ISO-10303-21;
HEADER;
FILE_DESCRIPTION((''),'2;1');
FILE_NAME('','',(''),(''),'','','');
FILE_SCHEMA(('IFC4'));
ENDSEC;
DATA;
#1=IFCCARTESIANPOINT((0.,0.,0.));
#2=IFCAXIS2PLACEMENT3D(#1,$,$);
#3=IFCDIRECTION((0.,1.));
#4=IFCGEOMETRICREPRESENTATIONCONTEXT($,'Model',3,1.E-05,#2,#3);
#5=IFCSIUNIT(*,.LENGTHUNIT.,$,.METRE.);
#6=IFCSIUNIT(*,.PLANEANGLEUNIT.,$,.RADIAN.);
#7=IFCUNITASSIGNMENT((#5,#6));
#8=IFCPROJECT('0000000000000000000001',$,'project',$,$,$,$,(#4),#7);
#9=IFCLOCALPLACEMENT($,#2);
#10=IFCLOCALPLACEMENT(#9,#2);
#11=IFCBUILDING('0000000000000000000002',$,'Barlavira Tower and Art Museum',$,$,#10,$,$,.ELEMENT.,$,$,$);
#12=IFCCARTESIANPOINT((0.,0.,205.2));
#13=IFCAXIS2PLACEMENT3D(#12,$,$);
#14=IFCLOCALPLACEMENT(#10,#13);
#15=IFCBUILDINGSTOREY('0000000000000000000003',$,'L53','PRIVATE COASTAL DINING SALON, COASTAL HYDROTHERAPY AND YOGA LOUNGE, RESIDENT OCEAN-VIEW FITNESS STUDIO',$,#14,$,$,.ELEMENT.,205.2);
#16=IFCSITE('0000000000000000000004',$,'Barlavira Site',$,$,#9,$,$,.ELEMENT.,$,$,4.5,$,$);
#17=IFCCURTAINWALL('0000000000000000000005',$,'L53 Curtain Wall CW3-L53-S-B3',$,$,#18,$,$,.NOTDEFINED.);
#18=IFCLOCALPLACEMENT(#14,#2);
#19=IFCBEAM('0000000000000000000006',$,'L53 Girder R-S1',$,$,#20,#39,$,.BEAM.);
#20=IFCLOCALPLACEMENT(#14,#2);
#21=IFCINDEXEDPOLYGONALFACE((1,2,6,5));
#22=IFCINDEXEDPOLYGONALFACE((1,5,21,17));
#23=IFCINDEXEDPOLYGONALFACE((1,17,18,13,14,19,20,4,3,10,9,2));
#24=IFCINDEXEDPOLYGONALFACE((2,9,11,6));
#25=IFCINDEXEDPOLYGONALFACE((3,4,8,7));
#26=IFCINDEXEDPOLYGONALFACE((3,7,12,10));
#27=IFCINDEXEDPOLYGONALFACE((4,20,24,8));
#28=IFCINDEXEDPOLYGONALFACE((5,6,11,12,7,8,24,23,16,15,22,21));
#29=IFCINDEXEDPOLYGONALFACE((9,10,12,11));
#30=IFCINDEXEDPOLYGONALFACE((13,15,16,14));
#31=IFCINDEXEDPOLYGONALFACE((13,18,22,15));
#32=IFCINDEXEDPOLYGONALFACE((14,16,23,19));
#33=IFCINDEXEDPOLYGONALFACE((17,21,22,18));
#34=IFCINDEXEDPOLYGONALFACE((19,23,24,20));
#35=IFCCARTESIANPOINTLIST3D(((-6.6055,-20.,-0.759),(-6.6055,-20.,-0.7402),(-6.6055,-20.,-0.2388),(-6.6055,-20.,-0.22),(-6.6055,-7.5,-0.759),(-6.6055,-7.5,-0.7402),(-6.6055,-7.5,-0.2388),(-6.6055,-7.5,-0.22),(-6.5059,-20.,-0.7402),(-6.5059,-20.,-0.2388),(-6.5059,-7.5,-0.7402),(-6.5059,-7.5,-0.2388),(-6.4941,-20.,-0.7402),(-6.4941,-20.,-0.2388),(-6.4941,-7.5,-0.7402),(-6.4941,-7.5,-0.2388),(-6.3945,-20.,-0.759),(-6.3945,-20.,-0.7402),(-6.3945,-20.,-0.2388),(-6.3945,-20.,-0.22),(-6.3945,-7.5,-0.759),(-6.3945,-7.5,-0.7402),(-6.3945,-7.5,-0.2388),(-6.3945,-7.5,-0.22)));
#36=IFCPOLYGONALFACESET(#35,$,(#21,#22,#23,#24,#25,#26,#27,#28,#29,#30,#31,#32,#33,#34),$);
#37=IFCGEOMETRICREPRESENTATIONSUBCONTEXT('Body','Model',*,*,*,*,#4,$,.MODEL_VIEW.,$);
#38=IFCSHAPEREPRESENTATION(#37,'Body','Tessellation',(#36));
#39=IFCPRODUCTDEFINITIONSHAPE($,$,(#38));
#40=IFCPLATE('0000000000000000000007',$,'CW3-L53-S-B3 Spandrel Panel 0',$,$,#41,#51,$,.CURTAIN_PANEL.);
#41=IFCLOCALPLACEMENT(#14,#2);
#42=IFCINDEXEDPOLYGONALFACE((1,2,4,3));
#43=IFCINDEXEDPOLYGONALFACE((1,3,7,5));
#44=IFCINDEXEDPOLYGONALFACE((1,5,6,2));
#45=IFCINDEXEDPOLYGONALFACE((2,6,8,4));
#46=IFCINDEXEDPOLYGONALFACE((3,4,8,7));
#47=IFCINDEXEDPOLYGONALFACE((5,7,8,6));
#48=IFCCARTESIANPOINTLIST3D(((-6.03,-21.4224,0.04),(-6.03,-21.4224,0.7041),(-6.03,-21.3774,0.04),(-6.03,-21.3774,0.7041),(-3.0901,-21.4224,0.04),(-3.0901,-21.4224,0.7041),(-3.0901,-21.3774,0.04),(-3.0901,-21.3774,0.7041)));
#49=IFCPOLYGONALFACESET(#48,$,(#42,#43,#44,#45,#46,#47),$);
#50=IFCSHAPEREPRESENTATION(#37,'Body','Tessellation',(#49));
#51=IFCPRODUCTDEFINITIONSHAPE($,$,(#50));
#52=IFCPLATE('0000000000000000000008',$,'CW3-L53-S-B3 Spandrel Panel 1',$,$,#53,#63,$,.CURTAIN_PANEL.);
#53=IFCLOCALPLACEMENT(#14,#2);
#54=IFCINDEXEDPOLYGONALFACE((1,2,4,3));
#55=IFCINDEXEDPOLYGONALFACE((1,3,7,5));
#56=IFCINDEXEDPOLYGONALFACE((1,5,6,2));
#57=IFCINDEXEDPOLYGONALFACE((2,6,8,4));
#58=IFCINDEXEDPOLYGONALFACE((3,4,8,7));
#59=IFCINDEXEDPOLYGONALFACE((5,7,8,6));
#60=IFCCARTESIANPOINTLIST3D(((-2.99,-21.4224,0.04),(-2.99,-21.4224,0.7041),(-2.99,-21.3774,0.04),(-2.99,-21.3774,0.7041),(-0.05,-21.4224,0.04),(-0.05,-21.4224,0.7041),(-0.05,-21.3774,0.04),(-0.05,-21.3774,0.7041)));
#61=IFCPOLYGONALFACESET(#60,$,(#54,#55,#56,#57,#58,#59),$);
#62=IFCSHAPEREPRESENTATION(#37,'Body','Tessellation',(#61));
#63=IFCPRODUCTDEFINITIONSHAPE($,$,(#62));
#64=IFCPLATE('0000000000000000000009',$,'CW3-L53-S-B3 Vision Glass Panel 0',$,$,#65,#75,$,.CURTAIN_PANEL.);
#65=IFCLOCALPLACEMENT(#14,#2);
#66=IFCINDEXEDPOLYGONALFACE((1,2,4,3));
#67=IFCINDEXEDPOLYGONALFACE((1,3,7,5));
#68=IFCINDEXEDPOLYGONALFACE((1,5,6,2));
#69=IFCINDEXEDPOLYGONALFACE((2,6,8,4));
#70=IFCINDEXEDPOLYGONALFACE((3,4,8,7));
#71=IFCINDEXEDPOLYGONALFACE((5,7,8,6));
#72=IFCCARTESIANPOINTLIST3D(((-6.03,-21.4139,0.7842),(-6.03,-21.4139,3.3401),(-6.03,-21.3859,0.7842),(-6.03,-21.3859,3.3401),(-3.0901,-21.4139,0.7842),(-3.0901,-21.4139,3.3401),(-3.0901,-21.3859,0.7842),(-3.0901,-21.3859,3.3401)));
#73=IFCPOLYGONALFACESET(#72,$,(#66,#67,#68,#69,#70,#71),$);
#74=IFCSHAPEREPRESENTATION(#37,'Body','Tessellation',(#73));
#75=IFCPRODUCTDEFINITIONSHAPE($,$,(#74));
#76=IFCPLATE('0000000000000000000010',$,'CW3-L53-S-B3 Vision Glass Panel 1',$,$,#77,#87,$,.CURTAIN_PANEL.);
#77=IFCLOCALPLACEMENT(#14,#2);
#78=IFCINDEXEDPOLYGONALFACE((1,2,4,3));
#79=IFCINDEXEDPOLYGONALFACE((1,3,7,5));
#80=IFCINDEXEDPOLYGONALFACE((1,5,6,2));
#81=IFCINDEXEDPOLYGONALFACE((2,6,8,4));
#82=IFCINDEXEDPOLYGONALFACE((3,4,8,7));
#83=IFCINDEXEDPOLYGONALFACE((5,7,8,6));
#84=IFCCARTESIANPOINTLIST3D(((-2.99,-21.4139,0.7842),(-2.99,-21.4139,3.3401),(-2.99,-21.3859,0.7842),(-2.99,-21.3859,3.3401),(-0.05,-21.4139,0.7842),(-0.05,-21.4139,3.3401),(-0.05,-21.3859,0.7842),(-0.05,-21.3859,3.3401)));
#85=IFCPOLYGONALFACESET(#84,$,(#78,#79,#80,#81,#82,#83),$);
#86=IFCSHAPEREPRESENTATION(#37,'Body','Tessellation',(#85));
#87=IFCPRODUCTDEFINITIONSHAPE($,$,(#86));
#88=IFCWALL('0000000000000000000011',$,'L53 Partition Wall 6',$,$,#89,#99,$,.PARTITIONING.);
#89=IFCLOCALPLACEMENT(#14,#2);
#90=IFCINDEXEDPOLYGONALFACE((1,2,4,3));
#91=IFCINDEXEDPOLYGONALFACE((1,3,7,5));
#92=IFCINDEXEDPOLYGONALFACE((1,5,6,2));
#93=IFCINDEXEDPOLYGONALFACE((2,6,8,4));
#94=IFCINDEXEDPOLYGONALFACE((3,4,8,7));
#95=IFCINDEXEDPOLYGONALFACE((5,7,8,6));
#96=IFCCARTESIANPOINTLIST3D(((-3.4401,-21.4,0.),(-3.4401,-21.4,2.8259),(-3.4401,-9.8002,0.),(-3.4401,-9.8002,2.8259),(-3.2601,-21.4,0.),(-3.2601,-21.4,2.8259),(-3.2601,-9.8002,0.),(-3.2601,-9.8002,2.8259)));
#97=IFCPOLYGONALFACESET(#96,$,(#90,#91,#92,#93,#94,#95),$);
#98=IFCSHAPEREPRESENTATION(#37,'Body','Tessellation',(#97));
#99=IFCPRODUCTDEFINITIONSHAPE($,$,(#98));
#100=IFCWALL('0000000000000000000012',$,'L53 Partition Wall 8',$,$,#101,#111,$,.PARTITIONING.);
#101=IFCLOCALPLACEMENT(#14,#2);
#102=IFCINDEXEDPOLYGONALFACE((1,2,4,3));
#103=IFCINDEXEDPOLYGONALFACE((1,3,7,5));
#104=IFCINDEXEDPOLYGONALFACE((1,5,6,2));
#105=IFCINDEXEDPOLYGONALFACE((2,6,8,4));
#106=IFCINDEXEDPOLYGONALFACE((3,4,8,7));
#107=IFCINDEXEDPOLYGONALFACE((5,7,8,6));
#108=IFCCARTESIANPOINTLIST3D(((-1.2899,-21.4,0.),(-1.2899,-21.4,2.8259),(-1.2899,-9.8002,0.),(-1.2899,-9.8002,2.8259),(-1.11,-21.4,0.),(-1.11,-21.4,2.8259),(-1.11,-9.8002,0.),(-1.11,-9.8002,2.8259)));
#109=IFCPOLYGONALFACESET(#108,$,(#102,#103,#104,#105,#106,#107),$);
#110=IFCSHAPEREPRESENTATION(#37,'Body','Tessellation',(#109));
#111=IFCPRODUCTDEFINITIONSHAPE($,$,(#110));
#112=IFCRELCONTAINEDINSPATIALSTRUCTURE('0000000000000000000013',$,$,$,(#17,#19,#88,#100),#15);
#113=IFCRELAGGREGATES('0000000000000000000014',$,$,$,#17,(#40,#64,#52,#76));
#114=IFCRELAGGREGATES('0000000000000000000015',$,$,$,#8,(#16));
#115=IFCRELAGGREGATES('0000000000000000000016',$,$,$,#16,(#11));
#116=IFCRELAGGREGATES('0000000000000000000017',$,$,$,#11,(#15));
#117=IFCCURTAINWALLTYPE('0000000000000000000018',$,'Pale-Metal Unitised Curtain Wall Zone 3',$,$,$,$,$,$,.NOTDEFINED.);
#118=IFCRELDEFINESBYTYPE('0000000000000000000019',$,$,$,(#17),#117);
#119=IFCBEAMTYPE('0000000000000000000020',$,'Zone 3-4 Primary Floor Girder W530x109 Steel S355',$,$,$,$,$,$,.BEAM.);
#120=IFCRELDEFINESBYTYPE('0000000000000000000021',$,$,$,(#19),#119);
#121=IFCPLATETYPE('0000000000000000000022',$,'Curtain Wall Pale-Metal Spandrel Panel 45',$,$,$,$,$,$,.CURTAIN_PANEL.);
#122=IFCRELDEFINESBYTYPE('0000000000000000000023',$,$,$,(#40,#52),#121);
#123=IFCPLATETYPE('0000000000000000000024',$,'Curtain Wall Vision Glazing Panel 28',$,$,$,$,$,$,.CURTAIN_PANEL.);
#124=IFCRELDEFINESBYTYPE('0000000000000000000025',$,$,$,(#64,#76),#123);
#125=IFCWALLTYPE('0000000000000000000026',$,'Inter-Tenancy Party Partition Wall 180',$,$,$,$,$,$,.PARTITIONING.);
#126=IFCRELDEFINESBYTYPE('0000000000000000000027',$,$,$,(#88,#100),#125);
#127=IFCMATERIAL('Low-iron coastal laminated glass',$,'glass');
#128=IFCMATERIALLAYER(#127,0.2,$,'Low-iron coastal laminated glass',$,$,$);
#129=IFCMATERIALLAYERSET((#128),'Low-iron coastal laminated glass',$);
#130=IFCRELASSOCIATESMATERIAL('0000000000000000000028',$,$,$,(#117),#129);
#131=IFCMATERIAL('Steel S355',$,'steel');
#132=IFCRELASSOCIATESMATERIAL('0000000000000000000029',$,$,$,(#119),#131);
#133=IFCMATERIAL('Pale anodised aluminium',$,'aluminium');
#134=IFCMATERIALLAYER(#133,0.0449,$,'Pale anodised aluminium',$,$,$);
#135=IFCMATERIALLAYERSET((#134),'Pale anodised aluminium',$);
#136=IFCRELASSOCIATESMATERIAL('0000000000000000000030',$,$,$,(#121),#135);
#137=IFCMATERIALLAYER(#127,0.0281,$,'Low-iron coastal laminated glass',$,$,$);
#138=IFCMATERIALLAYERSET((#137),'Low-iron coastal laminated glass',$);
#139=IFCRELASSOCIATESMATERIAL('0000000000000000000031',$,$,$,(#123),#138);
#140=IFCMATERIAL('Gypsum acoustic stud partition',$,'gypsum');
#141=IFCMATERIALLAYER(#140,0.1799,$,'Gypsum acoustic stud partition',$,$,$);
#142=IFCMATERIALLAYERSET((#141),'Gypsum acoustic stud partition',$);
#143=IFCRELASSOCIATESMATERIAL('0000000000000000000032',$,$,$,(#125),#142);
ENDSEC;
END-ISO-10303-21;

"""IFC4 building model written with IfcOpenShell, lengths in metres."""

from ifc_helpers import new_model, si_unit, direction, frame, frame_2d, origin, origin_2d, place, context, subcontext, project, spatial, rectangle, i_section, extrude, material, layer, layer_set, material_profile, profile_set, type_object, element, aggregate, save


model = new_model("IFC4")

# Units and contexts
model_context = context("Model", 3, precision=1e-05, world=origin(), true_north=direction((0.0, 1.0)))
body_context = subcontext(model_context, "Body", "Model", "MODEL_VIEW")
ifc_project = project(units=[si_unit("LENGTHUNIT", "METRE"), si_unit("PLANEANGLEUNIT", "RADIAN")], contexts=[model_context])

# Site, building, storey
site_placement = place(None, origin())
site = spatial("IfcSite", under=ifc_project, at=site_placement, Name="Barlavira Site", CompositionType="ELEMENT", RefElevation=4.5)
building_placement = place(site_placement, origin())
building = spatial("IfcBuilding", under=site, at=building_placement, Name="Barlavira Tower and Art Museum", CompositionType="ELEMENT")
storey_placement = place(building_placement, frame((0.0, 0.0, 205.2)))
storey = spatial("IfcBuildingStorey", under=building, at=storey_placement, Name="L53", Description="PRIVATE COASTAL DINING SALON, COASTAL HYDROTHERAPY AND YOGA LOUNGE, RESIDENT OCEAN-VIEW FITNESS STUDIO", CompositionType="ELEMENT", Elevation=205.2)

# Curtain wall
ifc_material_1 = material(Name="Low-iron coastal laminated glass", Category="glass")
ifc_layer_1 = layer(ifc_material_1, 0.2, Name="Low-iron coastal laminated glass")
ifc_layer_set_1 = layer_set([ifc_layer_1], Name="Low-iron coastal laminated glass")
curtain_wall_type = type_object("IfcCurtainWallType", Name="Pale-Metal Unitised Curtain Wall Zone 3", PredefinedType="NOTDEFINED", material=ifc_layer_set_1)
curtain_wall_placement = place(storey_placement, origin())
curtain_wall = element("IfcCurtainWall", 1, at=curtain_wall_placement, inside=storey, type_object=curtain_wall_type, Name="L53 Curtain Wall CW3-L53-S-B3", PredefinedType="NOTDEFINED")
ifc_material_2 = material(Name="Pale anodised aluminium", Category="aluminium")

# Shared definitions
ifc_material_3 = material(Name="Steel S355", Category="steel")

# Beam
ifc_material_profile_1 = material_profile(ifc_material_3, i_section(OverallWidth=0.2109, OverallDepth=0.5391, WebThickness=0.0117, FlangeThickness=0.0188, at=origin_2d()), Name="W530x109.0")
ifc_profile_set_1 = profile_set([ifc_material_profile_1], Name="Steel S355")
beam_type_1 = type_object("IfcBeamType", Name="Zone 3-4 Primary Floor Girder W530x109 Steel S355", PredefinedType="BEAM", material=ifc_profile_set_1)
beam_1_placement = place(storey_placement, frame((-6.5, -20.0, -0.4895), z_axis=(0.0, 1.0, 0.0), x_axis=(-1.0, 0.0, 0.0)))
element("IfcBeam", 2, at=beam_1_placement, inside=storey, type_object=beam_type_1, Name="L53 Girder R-S1", PredefinedType="BEAM", context=body_context, shape_type="SweptSolid", body=[
    extrude(i_section(OverallWidth=0.2109, OverallDepth=0.5391, WebThickness=0.0117, FlangeThickness=0.0188, at=origin_2d()), origin(), (0.0, 0.0, 1.0), 12.5),
])

# Plates
ifc_layer_2 = layer(ifc_material_2, 0.0449, Name="Pale anodised aluminium")
ifc_layer_set_2 = layer_set([ifc_layer_2], Name="Pale anodised aluminium")
plate_type_1 = type_object("IfcPlateType", Name="Curtain Wall Pale-Metal Spandrel Panel 45", PredefinedType="CURTAIN_PANEL", material=ifc_layer_set_2)
plate_1_placement = place(storey_placement, frame((-4.5601, -21.3999, 0.04), z_axis=(0.0, 0.0, 1.0), x_axis=(1.0, 0.0, 0.0)))
plate_1 = element("IfcPlate", 3, at=plate_1_placement, type_object=plate_type_1, Name="CW3-L53-S-B3 Spandrel Panel 0", PredefinedType="CURTAIN_PANEL", context=body_context, shape_type="SweptSolid", body=[
    extrude(rectangle(XDim=2.9399, YDim=0.0449, at=origin_2d()), origin(), (0.0, 0.0, 1.0), 0.6641),
])
plate_2_placement = place(storey_placement, frame((-1.52, -21.3999, 0.04), z_axis=(0.0, 0.0, 1.0), x_axis=(1.0, 0.0, 0.0)))
plate_2 = element("IfcPlate", 4, at=plate_2_placement, type_object=plate_type_1, Name="CW3-L53-S-B3 Spandrel Panel 1", PredefinedType="CURTAIN_PANEL", context=body_context, shape_type="SweptSolid", body=[
    extrude(rectangle(XDim=2.9399, YDim=0.0449, at=origin_2d()), origin(), (0.0, 0.0, 1.0), 0.6641),
])
ifc_layer_3 = layer(ifc_material_1, 0.0281, Name="Low-iron coastal laminated glass")
ifc_layer_set_3 = layer_set([ifc_layer_3], Name="Low-iron coastal laminated glass")
plate_type_2 = type_object("IfcPlateType", Name="Curtain Wall Vision Glazing Panel 28", PredefinedType="CURTAIN_PANEL", material=ifc_layer_set_3)
plate_3_placement = place(storey_placement, frame((-4.5601, -21.3999, 0.7842), z_axis=(0.0, 0.0, 1.0), x_axis=(1.0, 0.0, 0.0)))
plate_3 = element("IfcPlate", 5, at=plate_3_placement, type_object=plate_type_2, Name="CW3-L53-S-B3 Vision Glass Panel 0", PredefinedType="CURTAIN_PANEL", context=body_context, shape_type="SweptSolid", body=[
    extrude(rectangle(XDim=2.9399, YDim=0.0281, at=origin_2d()), origin(), (0.0, 0.0, 1.0), 2.5559),
])
plate_4_placement = place(storey_placement, frame((-1.52, -21.3999, 0.7842), z_axis=(0.0, 0.0, 1.0), x_axis=(1.0, 0.0, 0.0)))
plate_4 = element("IfcPlate", 6, at=plate_4_placement, type_object=plate_type_2, Name="CW3-L53-S-B3 Vision Glass Panel 1", PredefinedType="CURTAIN_PANEL", context=body_context, shape_type="SweptSolid", body=[
    extrude(rectangle(XDim=2.9399, YDim=0.0281, at=origin_2d()), origin(), (0.0, 0.0, 1.0), 2.5559),
])
aggregate(curtain_wall, [plate_1, plate_3, plate_2, plate_4])

# Walls
ifc_material_4 = material(Name="Gypsum acoustic stud partition", Category="gypsum")
ifc_layer_4 = layer(ifc_material_4, 0.1799, Name="Gypsum acoustic stud partition")
ifc_layer_set_4 = layer_set([ifc_layer_4], Name="Gypsum acoustic stud partition")
wall_type = type_object("IfcWallType", Name="Inter-Tenancy Party Partition Wall 180", PredefinedType="PARTITIONING", material=ifc_layer_set_4)
for number, where, z_axis, x_axis, name in (
    (7, (-3.3501, -21.3999, 0.0), (0.0, 0.0, 1.0), (0.0, 1.0, 0.0), "L53 Partition Wall 6"),
    (8, (-1.2, -21.3999, 0.0), (0.0, 0.0, 1.0), (0.0, 1.0, 0.0), "L53 Partition Wall 8"),
):
    element("IfcWall", number, at=place(storey_placement, frame(where, z_axis=z_axis, x_axis=x_axis)), inside=storey, type_object=wall_type, Name=name, PredefinedType="PARTITIONING", context=body_context, shape_type="SweptSolid", body=[
        extrude(rectangle(XDim=11.5999, YDim=0.1799, at=frame_2d((5.7998, 0.0))), origin(), (0.0, 0.0, 1.0), 2.8259),
    ])

save(model, "model.ifc")
